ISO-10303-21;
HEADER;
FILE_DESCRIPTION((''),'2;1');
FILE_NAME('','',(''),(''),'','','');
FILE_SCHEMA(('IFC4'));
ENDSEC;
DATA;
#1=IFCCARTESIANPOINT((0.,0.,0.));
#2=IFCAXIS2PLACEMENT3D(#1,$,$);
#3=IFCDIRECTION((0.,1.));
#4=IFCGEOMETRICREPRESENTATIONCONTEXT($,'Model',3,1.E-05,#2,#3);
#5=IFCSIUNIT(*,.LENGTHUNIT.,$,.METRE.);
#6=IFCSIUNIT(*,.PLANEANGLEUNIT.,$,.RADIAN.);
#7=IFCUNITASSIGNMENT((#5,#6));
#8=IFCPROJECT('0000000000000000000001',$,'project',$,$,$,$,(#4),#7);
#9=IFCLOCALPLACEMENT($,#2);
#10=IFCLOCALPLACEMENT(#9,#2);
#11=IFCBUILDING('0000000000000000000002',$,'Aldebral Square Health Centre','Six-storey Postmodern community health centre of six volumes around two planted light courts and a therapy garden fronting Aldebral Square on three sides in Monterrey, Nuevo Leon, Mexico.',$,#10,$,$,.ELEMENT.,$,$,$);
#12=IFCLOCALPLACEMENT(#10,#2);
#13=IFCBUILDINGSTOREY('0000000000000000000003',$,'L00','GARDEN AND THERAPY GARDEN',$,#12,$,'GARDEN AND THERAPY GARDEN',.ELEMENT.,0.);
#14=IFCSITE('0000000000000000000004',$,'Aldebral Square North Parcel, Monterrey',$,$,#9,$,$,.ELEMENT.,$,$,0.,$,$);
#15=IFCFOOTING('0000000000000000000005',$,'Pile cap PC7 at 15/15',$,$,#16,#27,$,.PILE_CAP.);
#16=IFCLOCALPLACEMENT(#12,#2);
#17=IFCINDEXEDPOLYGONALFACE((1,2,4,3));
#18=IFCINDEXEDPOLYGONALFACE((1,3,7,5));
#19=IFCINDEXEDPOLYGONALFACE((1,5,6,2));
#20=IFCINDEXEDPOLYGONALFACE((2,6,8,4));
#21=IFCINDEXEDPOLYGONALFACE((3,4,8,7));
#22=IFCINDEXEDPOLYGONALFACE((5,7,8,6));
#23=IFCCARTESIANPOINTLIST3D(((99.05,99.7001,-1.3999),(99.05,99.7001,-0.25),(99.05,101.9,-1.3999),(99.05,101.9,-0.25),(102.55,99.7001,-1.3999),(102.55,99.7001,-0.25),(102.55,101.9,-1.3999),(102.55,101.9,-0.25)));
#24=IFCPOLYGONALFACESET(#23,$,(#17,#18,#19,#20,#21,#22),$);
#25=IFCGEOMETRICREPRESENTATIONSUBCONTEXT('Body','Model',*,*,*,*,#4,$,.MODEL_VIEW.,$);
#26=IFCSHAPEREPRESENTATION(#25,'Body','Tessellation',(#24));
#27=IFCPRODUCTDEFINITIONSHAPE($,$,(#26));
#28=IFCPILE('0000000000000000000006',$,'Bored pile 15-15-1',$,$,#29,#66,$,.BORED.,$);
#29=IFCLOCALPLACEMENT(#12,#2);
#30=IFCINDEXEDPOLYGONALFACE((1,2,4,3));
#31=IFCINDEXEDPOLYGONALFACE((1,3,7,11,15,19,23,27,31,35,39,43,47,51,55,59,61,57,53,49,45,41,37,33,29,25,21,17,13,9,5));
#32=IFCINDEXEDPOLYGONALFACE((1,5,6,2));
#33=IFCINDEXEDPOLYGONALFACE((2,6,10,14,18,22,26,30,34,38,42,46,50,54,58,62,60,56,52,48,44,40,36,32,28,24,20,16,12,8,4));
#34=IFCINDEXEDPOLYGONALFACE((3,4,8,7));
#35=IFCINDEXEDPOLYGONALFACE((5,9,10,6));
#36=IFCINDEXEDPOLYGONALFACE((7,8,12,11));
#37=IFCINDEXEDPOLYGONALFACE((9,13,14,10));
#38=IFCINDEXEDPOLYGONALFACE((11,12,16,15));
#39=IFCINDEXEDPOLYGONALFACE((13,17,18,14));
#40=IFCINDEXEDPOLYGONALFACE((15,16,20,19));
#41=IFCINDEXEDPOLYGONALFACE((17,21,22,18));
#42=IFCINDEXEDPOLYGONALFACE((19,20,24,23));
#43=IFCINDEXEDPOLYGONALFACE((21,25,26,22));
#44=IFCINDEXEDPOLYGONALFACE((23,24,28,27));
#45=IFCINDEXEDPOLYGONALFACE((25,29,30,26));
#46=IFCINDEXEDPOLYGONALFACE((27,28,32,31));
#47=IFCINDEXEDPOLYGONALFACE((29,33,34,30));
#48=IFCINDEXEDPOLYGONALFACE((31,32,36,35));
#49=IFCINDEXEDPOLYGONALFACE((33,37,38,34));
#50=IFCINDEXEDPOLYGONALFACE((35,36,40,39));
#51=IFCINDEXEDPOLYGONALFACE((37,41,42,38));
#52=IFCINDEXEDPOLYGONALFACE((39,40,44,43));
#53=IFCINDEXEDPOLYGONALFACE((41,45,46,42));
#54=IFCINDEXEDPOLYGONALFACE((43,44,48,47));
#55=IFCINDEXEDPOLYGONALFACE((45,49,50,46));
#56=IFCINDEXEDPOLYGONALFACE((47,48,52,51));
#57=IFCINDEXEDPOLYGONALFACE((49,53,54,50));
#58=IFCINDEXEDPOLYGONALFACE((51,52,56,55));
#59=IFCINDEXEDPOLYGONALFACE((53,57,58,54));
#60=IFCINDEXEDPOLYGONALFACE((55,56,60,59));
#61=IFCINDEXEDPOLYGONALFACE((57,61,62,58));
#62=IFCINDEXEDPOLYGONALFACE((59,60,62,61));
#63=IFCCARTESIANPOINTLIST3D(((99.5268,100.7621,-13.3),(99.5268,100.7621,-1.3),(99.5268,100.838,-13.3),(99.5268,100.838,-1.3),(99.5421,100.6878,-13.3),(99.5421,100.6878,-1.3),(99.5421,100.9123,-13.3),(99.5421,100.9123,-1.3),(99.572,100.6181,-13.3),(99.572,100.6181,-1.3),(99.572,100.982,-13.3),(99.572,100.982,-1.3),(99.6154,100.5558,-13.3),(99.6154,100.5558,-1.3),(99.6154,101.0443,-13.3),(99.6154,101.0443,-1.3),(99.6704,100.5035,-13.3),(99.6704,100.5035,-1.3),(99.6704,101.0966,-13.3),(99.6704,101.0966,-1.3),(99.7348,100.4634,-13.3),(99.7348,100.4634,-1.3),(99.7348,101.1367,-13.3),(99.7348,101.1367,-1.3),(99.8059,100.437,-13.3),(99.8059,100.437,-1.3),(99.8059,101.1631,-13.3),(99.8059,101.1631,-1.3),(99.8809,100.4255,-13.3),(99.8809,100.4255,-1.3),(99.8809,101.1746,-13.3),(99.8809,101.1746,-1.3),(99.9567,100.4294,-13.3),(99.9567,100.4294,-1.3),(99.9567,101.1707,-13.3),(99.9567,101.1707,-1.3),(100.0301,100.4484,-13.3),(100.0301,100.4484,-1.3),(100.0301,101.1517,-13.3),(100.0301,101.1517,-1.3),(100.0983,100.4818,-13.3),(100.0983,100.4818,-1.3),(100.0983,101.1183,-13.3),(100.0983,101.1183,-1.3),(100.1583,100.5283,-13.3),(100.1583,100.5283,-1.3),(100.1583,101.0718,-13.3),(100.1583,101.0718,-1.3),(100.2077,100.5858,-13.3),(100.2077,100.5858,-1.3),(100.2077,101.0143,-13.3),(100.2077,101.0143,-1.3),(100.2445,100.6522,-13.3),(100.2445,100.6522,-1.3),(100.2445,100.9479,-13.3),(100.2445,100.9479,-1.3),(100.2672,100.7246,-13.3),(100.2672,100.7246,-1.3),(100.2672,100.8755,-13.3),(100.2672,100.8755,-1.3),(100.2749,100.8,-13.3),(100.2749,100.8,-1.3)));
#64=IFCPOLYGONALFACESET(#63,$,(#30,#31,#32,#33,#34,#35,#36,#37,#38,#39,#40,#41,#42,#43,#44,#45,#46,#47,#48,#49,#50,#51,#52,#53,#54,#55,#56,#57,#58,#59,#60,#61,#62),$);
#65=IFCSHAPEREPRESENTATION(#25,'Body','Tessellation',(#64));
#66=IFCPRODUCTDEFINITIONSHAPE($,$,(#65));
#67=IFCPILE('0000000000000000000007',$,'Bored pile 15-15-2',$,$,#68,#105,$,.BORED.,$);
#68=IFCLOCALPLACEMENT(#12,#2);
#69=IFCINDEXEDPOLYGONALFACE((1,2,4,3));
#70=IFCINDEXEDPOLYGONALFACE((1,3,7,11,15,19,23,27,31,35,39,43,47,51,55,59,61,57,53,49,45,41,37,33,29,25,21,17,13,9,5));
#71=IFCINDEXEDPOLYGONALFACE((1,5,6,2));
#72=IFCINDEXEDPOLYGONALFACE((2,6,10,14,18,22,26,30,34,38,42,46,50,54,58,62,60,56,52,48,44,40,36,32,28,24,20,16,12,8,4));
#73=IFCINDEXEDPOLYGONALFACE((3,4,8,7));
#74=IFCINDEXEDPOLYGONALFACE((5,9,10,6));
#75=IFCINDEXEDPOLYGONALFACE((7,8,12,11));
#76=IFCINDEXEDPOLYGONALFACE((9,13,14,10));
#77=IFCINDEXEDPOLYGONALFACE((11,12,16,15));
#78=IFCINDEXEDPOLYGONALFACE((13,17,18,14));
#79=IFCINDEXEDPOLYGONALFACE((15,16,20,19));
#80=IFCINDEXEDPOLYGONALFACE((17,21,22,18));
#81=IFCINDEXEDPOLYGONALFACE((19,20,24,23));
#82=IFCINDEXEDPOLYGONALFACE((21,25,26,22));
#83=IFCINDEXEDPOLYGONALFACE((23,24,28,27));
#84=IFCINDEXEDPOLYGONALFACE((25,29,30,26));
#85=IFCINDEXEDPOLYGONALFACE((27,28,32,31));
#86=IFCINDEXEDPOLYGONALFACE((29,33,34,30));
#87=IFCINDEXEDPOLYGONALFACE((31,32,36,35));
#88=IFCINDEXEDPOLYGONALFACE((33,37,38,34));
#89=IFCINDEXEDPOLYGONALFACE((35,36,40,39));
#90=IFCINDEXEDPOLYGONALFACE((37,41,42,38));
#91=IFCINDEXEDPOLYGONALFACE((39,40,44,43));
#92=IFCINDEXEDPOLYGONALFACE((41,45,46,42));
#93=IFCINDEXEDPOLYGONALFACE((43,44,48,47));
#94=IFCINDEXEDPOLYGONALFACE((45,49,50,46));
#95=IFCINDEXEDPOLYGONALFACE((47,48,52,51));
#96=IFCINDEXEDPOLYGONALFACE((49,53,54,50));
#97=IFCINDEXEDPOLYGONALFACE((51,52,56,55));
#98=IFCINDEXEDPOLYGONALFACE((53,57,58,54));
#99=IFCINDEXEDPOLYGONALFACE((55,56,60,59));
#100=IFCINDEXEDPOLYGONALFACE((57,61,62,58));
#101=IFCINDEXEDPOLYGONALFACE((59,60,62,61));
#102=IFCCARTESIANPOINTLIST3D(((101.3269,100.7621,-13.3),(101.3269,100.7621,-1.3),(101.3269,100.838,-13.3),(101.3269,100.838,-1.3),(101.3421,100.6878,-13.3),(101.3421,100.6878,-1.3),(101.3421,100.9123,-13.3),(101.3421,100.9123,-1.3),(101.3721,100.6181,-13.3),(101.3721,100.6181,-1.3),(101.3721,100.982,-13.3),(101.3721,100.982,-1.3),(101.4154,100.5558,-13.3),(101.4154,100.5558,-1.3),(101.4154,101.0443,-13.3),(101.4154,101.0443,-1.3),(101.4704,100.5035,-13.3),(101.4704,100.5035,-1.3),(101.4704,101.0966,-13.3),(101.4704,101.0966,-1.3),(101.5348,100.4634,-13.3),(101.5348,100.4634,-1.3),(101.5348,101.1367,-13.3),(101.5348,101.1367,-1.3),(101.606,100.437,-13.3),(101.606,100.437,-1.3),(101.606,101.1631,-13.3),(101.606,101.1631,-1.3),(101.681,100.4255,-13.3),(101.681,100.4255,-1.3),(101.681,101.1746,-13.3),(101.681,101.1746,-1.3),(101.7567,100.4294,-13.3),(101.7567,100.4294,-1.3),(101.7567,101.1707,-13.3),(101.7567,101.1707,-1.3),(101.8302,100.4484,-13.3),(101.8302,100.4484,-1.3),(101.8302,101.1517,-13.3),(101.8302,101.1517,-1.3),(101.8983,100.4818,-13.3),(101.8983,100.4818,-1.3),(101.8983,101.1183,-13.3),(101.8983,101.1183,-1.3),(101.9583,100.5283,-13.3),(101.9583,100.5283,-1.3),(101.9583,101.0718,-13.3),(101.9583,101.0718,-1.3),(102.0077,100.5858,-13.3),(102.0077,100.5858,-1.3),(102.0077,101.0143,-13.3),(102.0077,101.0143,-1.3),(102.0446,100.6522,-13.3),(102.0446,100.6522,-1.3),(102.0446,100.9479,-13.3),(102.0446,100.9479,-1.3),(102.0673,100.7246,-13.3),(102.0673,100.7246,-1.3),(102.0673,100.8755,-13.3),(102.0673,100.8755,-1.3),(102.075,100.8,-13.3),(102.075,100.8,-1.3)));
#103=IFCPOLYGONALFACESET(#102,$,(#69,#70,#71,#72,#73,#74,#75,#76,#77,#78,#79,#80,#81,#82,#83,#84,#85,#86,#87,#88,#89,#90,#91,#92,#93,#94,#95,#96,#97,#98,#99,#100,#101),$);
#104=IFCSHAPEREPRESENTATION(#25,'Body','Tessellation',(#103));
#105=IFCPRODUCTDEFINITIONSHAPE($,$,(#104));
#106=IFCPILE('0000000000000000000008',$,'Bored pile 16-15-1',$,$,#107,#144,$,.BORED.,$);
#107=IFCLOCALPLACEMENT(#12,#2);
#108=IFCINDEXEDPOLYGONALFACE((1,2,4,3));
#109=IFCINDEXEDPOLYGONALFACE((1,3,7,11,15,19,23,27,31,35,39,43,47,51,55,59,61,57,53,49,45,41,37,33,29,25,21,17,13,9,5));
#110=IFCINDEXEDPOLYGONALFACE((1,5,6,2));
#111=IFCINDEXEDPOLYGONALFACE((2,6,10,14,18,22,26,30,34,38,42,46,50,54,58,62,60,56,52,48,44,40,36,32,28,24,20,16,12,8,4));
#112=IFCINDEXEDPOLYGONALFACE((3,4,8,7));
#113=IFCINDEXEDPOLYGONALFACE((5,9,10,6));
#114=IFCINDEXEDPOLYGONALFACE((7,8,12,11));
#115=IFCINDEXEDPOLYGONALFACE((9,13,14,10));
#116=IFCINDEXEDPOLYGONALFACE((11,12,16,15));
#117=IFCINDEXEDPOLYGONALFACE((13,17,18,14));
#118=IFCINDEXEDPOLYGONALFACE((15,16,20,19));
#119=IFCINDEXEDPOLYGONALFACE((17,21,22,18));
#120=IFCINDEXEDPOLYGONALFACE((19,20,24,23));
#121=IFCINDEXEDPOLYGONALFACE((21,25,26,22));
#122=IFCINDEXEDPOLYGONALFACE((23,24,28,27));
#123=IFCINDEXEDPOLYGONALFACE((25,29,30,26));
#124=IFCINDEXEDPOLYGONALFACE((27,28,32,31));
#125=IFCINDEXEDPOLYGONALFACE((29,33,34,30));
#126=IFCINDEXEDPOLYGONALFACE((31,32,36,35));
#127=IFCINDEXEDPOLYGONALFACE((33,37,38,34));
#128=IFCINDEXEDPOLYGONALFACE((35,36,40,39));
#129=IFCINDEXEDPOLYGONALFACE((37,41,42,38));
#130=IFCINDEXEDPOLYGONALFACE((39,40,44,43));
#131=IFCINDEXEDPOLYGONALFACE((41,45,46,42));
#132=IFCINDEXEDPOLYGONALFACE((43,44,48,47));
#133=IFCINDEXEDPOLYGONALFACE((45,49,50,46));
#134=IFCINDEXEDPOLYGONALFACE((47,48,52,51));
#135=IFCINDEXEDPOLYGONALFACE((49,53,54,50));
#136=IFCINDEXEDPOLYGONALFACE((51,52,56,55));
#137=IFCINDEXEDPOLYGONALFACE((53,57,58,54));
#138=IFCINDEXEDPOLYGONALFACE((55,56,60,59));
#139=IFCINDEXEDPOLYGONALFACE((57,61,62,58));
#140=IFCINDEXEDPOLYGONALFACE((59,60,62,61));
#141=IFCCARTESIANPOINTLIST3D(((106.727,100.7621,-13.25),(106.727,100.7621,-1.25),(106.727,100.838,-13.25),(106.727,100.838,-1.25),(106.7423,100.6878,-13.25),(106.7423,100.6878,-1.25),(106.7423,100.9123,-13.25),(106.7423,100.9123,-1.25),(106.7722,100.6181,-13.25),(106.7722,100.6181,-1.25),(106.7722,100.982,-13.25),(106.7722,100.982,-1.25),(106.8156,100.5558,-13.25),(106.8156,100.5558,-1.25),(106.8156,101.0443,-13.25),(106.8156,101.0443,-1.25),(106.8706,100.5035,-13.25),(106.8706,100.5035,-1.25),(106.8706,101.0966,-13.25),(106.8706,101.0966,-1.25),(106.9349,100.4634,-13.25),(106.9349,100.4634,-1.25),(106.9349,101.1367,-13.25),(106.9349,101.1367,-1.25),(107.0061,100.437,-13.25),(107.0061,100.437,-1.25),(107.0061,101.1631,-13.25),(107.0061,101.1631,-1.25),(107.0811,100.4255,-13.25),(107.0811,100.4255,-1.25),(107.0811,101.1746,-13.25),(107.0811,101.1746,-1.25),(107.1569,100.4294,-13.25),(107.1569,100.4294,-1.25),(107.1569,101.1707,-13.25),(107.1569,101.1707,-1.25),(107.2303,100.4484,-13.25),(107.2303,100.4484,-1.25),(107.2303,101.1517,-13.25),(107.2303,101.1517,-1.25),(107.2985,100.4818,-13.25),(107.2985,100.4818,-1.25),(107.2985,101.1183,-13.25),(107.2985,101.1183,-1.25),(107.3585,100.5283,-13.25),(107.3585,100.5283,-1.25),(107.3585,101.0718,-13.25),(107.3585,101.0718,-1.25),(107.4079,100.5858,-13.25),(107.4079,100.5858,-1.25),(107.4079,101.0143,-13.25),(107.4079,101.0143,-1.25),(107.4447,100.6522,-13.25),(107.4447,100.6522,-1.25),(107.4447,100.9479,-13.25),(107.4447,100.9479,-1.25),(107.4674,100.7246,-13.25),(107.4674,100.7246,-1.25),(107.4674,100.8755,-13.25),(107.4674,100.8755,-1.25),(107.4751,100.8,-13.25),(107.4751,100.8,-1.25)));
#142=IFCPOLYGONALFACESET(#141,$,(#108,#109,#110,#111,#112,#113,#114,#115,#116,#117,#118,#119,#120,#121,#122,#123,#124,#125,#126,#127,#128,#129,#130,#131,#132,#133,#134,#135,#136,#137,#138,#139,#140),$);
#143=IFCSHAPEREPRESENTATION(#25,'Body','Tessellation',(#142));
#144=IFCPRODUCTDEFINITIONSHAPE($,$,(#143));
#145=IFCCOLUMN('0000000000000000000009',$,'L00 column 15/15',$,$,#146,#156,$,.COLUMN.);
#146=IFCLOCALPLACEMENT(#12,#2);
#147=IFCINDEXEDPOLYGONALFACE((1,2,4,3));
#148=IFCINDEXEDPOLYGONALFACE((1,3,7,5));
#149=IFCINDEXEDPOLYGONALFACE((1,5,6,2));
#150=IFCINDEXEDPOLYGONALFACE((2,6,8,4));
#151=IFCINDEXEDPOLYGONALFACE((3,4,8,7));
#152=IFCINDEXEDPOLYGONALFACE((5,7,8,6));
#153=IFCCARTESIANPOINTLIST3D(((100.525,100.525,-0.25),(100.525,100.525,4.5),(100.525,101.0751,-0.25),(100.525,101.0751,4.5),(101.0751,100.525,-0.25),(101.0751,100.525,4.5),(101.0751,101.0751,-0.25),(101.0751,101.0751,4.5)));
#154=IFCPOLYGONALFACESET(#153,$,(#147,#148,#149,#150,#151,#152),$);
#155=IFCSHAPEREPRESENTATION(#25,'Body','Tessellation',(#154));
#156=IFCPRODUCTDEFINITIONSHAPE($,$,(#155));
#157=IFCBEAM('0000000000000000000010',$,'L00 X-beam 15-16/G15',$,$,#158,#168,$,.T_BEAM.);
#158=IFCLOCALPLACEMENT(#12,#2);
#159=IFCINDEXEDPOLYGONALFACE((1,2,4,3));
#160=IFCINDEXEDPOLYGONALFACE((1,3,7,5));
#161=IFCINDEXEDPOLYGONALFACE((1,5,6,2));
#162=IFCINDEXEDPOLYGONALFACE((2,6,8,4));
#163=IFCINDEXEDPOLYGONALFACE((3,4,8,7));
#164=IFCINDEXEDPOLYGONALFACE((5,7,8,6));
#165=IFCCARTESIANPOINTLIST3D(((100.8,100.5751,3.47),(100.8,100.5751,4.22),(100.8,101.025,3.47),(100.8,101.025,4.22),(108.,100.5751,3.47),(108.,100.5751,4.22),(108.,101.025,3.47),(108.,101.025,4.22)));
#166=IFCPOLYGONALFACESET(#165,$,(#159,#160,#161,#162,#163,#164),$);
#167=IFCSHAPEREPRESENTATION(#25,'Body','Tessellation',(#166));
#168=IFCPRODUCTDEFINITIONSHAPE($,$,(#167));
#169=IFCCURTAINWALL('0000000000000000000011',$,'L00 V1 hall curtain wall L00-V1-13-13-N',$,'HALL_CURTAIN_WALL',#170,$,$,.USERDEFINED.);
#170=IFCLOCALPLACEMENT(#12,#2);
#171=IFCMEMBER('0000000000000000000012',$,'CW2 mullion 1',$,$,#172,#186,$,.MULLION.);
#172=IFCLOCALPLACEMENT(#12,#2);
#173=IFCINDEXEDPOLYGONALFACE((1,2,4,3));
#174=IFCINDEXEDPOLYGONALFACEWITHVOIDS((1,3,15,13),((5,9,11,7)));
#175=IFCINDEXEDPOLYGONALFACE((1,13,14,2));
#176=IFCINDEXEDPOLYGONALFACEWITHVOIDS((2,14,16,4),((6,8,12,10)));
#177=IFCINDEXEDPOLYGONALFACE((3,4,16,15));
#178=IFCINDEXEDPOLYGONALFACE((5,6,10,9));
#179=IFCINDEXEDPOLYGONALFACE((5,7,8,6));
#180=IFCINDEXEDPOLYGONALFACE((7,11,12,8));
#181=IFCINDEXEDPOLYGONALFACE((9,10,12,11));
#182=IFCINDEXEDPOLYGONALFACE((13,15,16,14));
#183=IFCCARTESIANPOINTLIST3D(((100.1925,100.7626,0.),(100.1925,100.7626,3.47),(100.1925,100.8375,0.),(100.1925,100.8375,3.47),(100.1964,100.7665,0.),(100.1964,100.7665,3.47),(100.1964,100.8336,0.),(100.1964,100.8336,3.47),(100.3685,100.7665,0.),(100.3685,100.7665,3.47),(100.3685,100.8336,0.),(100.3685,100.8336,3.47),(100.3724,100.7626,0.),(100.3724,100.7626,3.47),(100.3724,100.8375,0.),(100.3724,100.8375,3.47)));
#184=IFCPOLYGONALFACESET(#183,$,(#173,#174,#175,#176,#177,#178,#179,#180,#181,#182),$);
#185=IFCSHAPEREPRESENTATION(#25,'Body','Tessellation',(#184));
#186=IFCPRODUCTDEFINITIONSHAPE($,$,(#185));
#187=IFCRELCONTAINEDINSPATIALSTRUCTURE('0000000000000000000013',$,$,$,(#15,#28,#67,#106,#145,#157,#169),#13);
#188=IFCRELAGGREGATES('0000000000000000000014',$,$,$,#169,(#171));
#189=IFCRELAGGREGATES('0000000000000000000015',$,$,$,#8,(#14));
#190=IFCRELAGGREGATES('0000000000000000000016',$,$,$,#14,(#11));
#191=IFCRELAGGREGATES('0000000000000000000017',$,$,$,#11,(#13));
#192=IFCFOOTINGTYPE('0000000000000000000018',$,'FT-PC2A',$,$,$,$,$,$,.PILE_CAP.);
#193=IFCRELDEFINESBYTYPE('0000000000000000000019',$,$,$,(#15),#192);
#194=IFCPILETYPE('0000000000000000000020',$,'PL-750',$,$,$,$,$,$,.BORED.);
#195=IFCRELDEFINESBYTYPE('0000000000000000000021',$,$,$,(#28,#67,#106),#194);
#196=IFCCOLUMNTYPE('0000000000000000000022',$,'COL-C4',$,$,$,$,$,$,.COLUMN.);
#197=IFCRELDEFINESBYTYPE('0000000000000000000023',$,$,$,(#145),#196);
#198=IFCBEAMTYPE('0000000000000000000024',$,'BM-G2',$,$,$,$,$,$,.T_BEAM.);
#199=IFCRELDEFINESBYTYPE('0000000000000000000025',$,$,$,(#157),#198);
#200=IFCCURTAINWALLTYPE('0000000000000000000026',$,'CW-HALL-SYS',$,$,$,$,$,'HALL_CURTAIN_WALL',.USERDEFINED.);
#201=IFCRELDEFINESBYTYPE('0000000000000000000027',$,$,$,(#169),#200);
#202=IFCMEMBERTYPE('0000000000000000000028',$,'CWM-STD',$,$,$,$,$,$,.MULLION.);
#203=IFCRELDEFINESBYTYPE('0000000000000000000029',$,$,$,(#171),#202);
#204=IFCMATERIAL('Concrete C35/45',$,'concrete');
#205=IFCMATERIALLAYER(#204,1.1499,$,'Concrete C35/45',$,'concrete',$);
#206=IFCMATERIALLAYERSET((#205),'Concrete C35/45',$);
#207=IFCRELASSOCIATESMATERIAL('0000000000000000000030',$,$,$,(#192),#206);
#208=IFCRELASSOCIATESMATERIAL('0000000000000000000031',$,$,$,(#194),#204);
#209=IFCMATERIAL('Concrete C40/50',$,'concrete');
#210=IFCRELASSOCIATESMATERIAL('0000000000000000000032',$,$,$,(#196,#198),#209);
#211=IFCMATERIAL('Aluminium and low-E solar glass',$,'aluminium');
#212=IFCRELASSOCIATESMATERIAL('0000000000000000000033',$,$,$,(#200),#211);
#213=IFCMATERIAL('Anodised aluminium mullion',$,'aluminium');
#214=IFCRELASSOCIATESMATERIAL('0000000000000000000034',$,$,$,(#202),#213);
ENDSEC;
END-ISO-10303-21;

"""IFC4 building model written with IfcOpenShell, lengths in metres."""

from ifc_helpers import new_model, si_unit, direction, frame, origin, origin_2d, place, context, subcontext, project, spatial, rectangle, hollow_rectangle, circle, extrude, material, layer, layer_set, material_profile, profile_set, type_object, element, aggregate, save


model = new_model("IFC4")

# Units and contexts
model_context = context("Model", 3, precision=1e-05, world=origin(), true_north=direction((0.0, 1.0)))
body_context = subcontext(model_context, "Body", "Model", "MODEL_VIEW")
ifc_project = project(units=[si_unit("LENGTHUNIT", "METRE"), si_unit("PLANEANGLEUNIT", "RADIAN")], contexts=[model_context])

# Site, building, storey
site_placement = place(None, origin())
site = spatial("IfcSite", under=ifc_project, at=site_placement, Name="Aldebral Square North Parcel, Monterrey", CompositionType="ELEMENT", RefElevation=0.0)
building_placement = place(site_placement, origin())
building = spatial("IfcBuilding", under=site, at=building_placement, Name="Aldebral Square Health Centre", Description="Six-storey Postmodern community health centre of six volumes around two planted light courts and a therapy garden fronting Aldebral Square on three sides in Monterrey, Nuevo Leon, Mexico.", CompositionType="ELEMENT")
storey_placement = place(building_placement, origin())
storey = spatial("IfcBuildingStorey", under=building, at=storey_placement, Name="L00", Description="GARDEN AND THERAPY GARDEN", LongName="GARDEN AND THERAPY GARDEN", CompositionType="ELEMENT", Elevation=0.0)

# Footing
ifc_material_1 = material(Name="Concrete C35/45", Category="concrete")
ifc_layer_1 = layer(ifc_material_1, 1.1499, Name="Concrete C35/45", Category="concrete")
ifc_layer_set_1 = layer_set([ifc_layer_1], Name="Concrete C35/45")
footing_type = type_object("IfcFootingType", Name="FT-PC2A", PredefinedType="PILE_CAP", material=ifc_layer_set_1)
footing_placement = place(storey_placement, frame((100.8, 100.8, -1.3999), z_axis=(0.0, 0.0, 1.0), x_axis=(1.0, 0.0, 0.0)))
element("IfcFooting", 1, at=footing_placement, inside=storey, type_object=footing_type, Name="Pile cap PC7 at 15/15", PredefinedType="PILE_CAP", context=body_context, shape_type="SweptSolid", body=[
    extrude(rectangle(XDim=3.5, YDim=2.2, at=origin_2d()), origin(), (0.0, 0.0, 1.0), 1.1499),
])

# Piles
ifc_material_profile_1 = material_profile(ifc_material_1, circle(Radius=0.375, at=origin_2d()), Name="PILE D750")
ifc_profile_set_1 = profile_set([ifc_material_profile_1], Name="Concrete C35/45")
pile_type = type_object("IfcPileType", Name="PL-750", PredefinedType="BORED", material=ifc_profile_set_1)
for number, where, z_axis, x_axis, name in (
    (2, (99.8999, 100.8, -1.3), (0.0, 0.0, -1.0), (1.0, 0.0, 0.0), "Bored pile 15-15-1"),
    (3, (101.7, 100.8, -1.3), (0.0, 0.0, -1.0), (1.0, 0.0, 0.0), "Bored pile 15-15-2"),
    (4, (107.1001, 100.8, -1.25), (0.0, 0.0, -1.0), (1.0, 0.0, 0.0), "Bored pile 16-15-1"),
):
    element("IfcPile", number, at=place(storey_placement, frame(where, z_axis=z_axis, x_axis=x_axis)), inside=storey, type_object=pile_type, Name=name, PredefinedType="BORED", context=body_context, shape_type="SweptSolid", body=[
        extrude(circle(Radius=0.375, at=origin_2d()), origin(), (0.0, 0.0, 1.0), 12.0),
    ])

# Column
ifc_material_2 = material(Name="Concrete C40/50", Category="concrete")
ifc_material_profile_2 = material_profile(ifc_material_2, rectangle(XDim=0.55, YDim=0.55, at=origin_2d()), Name="RC 550x550")
ifc_profile_set_2 = profile_set([ifc_material_profile_2], Name="Concrete C40/50")
column_type = type_object("IfcColumnType", Name="COL-C4", PredefinedType="COLUMN", material=ifc_profile_set_2)
column_placement = place(storey_placement, frame((100.8, 100.8, -0.25), z_axis=(0.0, 0.0, 1.0), x_axis=(1.0, 0.0, 0.0)))
element("IfcColumn", 5, at=column_placement, inside=storey, type_object=column_type, Name="L00 column 15/15", PredefinedType="COLUMN", context=body_context, shape_type="SweptSolid", body=[
    extrude(rectangle(XDim=0.55, YDim=0.55, at=origin_2d()), origin(), (0.0, 0.0, 1.0), 4.75),
])

# Beam
ifc_material_profile_3 = material_profile(ifc_material_2, rectangle(XDim=0.45, YDim=0.75, at=origin_2d()), Name="RC 450x750")
ifc_profile_set_3 = profile_set([ifc_material_profile_3], Name="Concrete C40/50")
beam_type = type_object("IfcBeamType", Name="BM-G2", PredefinedType="T_BEAM", material=ifc_profile_set_3)
beam_placement = place(storey_placement, frame((100.8, 100.8, 3.845), z_axis=(1.0, 0.0, 0.0), x_axis=(0.0, 1.0, 0.0)))
element("IfcBeam", 6, at=beam_placement, inside=storey, type_object=beam_type, Name="L00 X-beam 15-16/G15", PredefinedType="T_BEAM", context=body_context, shape_type="SweptSolid", body=[
    extrude(rectangle(XDim=0.45, YDim=0.75, at=origin_2d()), origin(), (0.0, 0.0, 1.0), 7.2),
])

# Curtain wall, member
ifc_material_3 = material(Name="Aluminium and low-E solar glass", Category="aluminium")
curtain_wall_type = type_object("IfcCurtainWallType", Name="CW-HALL-SYS", ElementType="HALL_CURTAIN_WALL", PredefinedType="USERDEFINED", material=ifc_material_3)
curtain_wall_1_placement = place(storey_placement, origin())
curtain_wall_1 = element("IfcCurtainWall", 7, at=curtain_wall_1_placement, inside=storey, type_object=curtain_wall_type, Name="L00 V1 hall curtain wall L00-V1-13-13-N", ObjectType="HALL_CURTAIN_WALL", PredefinedType="USERDEFINED")
ifc_material_4 = material(Name="Anodised aluminium mullion", Category="aluminium")
ifc_material_profile_4 = material_profile(ifc_material_4, hollow_rectangle(XDim=0.075, YDim=0.1799, WallThickness=0.0039, at=origin_2d()), Name="CWM 75x180x4")
ifc_profile_set_4 = profile_set([ifc_material_profile_4], Name="Anodised aluminium mullion")
member_type_1 = type_object("IfcMemberType", Name="CWM-STD", PredefinedType="MULLION", material=ifc_profile_set_4)
member_1_placement = place(storey_placement, frame((100.2825, 100.8, 0.0), z_axis=(0.0, 0.0, 1.0), x_axis=(0.0, -1.0, 0.0)))
member_1 = element("IfcMember", 8, at=member_1_placement, type_object=member_type_1, Name="CW2 mullion 1", PredefinedType="MULLION", context=body_context, shape_type="SweptSolid", body=[
    extrude(hollow_rectangle(XDim=0.075, YDim=0.1799, WallThickness=0.0039, at=origin_2d()), origin(), (0.0, 0.0, 1.0), 3.47),
])

aggregate(curtain_wall_1, [member_1])

save(model, "model.ifc")
